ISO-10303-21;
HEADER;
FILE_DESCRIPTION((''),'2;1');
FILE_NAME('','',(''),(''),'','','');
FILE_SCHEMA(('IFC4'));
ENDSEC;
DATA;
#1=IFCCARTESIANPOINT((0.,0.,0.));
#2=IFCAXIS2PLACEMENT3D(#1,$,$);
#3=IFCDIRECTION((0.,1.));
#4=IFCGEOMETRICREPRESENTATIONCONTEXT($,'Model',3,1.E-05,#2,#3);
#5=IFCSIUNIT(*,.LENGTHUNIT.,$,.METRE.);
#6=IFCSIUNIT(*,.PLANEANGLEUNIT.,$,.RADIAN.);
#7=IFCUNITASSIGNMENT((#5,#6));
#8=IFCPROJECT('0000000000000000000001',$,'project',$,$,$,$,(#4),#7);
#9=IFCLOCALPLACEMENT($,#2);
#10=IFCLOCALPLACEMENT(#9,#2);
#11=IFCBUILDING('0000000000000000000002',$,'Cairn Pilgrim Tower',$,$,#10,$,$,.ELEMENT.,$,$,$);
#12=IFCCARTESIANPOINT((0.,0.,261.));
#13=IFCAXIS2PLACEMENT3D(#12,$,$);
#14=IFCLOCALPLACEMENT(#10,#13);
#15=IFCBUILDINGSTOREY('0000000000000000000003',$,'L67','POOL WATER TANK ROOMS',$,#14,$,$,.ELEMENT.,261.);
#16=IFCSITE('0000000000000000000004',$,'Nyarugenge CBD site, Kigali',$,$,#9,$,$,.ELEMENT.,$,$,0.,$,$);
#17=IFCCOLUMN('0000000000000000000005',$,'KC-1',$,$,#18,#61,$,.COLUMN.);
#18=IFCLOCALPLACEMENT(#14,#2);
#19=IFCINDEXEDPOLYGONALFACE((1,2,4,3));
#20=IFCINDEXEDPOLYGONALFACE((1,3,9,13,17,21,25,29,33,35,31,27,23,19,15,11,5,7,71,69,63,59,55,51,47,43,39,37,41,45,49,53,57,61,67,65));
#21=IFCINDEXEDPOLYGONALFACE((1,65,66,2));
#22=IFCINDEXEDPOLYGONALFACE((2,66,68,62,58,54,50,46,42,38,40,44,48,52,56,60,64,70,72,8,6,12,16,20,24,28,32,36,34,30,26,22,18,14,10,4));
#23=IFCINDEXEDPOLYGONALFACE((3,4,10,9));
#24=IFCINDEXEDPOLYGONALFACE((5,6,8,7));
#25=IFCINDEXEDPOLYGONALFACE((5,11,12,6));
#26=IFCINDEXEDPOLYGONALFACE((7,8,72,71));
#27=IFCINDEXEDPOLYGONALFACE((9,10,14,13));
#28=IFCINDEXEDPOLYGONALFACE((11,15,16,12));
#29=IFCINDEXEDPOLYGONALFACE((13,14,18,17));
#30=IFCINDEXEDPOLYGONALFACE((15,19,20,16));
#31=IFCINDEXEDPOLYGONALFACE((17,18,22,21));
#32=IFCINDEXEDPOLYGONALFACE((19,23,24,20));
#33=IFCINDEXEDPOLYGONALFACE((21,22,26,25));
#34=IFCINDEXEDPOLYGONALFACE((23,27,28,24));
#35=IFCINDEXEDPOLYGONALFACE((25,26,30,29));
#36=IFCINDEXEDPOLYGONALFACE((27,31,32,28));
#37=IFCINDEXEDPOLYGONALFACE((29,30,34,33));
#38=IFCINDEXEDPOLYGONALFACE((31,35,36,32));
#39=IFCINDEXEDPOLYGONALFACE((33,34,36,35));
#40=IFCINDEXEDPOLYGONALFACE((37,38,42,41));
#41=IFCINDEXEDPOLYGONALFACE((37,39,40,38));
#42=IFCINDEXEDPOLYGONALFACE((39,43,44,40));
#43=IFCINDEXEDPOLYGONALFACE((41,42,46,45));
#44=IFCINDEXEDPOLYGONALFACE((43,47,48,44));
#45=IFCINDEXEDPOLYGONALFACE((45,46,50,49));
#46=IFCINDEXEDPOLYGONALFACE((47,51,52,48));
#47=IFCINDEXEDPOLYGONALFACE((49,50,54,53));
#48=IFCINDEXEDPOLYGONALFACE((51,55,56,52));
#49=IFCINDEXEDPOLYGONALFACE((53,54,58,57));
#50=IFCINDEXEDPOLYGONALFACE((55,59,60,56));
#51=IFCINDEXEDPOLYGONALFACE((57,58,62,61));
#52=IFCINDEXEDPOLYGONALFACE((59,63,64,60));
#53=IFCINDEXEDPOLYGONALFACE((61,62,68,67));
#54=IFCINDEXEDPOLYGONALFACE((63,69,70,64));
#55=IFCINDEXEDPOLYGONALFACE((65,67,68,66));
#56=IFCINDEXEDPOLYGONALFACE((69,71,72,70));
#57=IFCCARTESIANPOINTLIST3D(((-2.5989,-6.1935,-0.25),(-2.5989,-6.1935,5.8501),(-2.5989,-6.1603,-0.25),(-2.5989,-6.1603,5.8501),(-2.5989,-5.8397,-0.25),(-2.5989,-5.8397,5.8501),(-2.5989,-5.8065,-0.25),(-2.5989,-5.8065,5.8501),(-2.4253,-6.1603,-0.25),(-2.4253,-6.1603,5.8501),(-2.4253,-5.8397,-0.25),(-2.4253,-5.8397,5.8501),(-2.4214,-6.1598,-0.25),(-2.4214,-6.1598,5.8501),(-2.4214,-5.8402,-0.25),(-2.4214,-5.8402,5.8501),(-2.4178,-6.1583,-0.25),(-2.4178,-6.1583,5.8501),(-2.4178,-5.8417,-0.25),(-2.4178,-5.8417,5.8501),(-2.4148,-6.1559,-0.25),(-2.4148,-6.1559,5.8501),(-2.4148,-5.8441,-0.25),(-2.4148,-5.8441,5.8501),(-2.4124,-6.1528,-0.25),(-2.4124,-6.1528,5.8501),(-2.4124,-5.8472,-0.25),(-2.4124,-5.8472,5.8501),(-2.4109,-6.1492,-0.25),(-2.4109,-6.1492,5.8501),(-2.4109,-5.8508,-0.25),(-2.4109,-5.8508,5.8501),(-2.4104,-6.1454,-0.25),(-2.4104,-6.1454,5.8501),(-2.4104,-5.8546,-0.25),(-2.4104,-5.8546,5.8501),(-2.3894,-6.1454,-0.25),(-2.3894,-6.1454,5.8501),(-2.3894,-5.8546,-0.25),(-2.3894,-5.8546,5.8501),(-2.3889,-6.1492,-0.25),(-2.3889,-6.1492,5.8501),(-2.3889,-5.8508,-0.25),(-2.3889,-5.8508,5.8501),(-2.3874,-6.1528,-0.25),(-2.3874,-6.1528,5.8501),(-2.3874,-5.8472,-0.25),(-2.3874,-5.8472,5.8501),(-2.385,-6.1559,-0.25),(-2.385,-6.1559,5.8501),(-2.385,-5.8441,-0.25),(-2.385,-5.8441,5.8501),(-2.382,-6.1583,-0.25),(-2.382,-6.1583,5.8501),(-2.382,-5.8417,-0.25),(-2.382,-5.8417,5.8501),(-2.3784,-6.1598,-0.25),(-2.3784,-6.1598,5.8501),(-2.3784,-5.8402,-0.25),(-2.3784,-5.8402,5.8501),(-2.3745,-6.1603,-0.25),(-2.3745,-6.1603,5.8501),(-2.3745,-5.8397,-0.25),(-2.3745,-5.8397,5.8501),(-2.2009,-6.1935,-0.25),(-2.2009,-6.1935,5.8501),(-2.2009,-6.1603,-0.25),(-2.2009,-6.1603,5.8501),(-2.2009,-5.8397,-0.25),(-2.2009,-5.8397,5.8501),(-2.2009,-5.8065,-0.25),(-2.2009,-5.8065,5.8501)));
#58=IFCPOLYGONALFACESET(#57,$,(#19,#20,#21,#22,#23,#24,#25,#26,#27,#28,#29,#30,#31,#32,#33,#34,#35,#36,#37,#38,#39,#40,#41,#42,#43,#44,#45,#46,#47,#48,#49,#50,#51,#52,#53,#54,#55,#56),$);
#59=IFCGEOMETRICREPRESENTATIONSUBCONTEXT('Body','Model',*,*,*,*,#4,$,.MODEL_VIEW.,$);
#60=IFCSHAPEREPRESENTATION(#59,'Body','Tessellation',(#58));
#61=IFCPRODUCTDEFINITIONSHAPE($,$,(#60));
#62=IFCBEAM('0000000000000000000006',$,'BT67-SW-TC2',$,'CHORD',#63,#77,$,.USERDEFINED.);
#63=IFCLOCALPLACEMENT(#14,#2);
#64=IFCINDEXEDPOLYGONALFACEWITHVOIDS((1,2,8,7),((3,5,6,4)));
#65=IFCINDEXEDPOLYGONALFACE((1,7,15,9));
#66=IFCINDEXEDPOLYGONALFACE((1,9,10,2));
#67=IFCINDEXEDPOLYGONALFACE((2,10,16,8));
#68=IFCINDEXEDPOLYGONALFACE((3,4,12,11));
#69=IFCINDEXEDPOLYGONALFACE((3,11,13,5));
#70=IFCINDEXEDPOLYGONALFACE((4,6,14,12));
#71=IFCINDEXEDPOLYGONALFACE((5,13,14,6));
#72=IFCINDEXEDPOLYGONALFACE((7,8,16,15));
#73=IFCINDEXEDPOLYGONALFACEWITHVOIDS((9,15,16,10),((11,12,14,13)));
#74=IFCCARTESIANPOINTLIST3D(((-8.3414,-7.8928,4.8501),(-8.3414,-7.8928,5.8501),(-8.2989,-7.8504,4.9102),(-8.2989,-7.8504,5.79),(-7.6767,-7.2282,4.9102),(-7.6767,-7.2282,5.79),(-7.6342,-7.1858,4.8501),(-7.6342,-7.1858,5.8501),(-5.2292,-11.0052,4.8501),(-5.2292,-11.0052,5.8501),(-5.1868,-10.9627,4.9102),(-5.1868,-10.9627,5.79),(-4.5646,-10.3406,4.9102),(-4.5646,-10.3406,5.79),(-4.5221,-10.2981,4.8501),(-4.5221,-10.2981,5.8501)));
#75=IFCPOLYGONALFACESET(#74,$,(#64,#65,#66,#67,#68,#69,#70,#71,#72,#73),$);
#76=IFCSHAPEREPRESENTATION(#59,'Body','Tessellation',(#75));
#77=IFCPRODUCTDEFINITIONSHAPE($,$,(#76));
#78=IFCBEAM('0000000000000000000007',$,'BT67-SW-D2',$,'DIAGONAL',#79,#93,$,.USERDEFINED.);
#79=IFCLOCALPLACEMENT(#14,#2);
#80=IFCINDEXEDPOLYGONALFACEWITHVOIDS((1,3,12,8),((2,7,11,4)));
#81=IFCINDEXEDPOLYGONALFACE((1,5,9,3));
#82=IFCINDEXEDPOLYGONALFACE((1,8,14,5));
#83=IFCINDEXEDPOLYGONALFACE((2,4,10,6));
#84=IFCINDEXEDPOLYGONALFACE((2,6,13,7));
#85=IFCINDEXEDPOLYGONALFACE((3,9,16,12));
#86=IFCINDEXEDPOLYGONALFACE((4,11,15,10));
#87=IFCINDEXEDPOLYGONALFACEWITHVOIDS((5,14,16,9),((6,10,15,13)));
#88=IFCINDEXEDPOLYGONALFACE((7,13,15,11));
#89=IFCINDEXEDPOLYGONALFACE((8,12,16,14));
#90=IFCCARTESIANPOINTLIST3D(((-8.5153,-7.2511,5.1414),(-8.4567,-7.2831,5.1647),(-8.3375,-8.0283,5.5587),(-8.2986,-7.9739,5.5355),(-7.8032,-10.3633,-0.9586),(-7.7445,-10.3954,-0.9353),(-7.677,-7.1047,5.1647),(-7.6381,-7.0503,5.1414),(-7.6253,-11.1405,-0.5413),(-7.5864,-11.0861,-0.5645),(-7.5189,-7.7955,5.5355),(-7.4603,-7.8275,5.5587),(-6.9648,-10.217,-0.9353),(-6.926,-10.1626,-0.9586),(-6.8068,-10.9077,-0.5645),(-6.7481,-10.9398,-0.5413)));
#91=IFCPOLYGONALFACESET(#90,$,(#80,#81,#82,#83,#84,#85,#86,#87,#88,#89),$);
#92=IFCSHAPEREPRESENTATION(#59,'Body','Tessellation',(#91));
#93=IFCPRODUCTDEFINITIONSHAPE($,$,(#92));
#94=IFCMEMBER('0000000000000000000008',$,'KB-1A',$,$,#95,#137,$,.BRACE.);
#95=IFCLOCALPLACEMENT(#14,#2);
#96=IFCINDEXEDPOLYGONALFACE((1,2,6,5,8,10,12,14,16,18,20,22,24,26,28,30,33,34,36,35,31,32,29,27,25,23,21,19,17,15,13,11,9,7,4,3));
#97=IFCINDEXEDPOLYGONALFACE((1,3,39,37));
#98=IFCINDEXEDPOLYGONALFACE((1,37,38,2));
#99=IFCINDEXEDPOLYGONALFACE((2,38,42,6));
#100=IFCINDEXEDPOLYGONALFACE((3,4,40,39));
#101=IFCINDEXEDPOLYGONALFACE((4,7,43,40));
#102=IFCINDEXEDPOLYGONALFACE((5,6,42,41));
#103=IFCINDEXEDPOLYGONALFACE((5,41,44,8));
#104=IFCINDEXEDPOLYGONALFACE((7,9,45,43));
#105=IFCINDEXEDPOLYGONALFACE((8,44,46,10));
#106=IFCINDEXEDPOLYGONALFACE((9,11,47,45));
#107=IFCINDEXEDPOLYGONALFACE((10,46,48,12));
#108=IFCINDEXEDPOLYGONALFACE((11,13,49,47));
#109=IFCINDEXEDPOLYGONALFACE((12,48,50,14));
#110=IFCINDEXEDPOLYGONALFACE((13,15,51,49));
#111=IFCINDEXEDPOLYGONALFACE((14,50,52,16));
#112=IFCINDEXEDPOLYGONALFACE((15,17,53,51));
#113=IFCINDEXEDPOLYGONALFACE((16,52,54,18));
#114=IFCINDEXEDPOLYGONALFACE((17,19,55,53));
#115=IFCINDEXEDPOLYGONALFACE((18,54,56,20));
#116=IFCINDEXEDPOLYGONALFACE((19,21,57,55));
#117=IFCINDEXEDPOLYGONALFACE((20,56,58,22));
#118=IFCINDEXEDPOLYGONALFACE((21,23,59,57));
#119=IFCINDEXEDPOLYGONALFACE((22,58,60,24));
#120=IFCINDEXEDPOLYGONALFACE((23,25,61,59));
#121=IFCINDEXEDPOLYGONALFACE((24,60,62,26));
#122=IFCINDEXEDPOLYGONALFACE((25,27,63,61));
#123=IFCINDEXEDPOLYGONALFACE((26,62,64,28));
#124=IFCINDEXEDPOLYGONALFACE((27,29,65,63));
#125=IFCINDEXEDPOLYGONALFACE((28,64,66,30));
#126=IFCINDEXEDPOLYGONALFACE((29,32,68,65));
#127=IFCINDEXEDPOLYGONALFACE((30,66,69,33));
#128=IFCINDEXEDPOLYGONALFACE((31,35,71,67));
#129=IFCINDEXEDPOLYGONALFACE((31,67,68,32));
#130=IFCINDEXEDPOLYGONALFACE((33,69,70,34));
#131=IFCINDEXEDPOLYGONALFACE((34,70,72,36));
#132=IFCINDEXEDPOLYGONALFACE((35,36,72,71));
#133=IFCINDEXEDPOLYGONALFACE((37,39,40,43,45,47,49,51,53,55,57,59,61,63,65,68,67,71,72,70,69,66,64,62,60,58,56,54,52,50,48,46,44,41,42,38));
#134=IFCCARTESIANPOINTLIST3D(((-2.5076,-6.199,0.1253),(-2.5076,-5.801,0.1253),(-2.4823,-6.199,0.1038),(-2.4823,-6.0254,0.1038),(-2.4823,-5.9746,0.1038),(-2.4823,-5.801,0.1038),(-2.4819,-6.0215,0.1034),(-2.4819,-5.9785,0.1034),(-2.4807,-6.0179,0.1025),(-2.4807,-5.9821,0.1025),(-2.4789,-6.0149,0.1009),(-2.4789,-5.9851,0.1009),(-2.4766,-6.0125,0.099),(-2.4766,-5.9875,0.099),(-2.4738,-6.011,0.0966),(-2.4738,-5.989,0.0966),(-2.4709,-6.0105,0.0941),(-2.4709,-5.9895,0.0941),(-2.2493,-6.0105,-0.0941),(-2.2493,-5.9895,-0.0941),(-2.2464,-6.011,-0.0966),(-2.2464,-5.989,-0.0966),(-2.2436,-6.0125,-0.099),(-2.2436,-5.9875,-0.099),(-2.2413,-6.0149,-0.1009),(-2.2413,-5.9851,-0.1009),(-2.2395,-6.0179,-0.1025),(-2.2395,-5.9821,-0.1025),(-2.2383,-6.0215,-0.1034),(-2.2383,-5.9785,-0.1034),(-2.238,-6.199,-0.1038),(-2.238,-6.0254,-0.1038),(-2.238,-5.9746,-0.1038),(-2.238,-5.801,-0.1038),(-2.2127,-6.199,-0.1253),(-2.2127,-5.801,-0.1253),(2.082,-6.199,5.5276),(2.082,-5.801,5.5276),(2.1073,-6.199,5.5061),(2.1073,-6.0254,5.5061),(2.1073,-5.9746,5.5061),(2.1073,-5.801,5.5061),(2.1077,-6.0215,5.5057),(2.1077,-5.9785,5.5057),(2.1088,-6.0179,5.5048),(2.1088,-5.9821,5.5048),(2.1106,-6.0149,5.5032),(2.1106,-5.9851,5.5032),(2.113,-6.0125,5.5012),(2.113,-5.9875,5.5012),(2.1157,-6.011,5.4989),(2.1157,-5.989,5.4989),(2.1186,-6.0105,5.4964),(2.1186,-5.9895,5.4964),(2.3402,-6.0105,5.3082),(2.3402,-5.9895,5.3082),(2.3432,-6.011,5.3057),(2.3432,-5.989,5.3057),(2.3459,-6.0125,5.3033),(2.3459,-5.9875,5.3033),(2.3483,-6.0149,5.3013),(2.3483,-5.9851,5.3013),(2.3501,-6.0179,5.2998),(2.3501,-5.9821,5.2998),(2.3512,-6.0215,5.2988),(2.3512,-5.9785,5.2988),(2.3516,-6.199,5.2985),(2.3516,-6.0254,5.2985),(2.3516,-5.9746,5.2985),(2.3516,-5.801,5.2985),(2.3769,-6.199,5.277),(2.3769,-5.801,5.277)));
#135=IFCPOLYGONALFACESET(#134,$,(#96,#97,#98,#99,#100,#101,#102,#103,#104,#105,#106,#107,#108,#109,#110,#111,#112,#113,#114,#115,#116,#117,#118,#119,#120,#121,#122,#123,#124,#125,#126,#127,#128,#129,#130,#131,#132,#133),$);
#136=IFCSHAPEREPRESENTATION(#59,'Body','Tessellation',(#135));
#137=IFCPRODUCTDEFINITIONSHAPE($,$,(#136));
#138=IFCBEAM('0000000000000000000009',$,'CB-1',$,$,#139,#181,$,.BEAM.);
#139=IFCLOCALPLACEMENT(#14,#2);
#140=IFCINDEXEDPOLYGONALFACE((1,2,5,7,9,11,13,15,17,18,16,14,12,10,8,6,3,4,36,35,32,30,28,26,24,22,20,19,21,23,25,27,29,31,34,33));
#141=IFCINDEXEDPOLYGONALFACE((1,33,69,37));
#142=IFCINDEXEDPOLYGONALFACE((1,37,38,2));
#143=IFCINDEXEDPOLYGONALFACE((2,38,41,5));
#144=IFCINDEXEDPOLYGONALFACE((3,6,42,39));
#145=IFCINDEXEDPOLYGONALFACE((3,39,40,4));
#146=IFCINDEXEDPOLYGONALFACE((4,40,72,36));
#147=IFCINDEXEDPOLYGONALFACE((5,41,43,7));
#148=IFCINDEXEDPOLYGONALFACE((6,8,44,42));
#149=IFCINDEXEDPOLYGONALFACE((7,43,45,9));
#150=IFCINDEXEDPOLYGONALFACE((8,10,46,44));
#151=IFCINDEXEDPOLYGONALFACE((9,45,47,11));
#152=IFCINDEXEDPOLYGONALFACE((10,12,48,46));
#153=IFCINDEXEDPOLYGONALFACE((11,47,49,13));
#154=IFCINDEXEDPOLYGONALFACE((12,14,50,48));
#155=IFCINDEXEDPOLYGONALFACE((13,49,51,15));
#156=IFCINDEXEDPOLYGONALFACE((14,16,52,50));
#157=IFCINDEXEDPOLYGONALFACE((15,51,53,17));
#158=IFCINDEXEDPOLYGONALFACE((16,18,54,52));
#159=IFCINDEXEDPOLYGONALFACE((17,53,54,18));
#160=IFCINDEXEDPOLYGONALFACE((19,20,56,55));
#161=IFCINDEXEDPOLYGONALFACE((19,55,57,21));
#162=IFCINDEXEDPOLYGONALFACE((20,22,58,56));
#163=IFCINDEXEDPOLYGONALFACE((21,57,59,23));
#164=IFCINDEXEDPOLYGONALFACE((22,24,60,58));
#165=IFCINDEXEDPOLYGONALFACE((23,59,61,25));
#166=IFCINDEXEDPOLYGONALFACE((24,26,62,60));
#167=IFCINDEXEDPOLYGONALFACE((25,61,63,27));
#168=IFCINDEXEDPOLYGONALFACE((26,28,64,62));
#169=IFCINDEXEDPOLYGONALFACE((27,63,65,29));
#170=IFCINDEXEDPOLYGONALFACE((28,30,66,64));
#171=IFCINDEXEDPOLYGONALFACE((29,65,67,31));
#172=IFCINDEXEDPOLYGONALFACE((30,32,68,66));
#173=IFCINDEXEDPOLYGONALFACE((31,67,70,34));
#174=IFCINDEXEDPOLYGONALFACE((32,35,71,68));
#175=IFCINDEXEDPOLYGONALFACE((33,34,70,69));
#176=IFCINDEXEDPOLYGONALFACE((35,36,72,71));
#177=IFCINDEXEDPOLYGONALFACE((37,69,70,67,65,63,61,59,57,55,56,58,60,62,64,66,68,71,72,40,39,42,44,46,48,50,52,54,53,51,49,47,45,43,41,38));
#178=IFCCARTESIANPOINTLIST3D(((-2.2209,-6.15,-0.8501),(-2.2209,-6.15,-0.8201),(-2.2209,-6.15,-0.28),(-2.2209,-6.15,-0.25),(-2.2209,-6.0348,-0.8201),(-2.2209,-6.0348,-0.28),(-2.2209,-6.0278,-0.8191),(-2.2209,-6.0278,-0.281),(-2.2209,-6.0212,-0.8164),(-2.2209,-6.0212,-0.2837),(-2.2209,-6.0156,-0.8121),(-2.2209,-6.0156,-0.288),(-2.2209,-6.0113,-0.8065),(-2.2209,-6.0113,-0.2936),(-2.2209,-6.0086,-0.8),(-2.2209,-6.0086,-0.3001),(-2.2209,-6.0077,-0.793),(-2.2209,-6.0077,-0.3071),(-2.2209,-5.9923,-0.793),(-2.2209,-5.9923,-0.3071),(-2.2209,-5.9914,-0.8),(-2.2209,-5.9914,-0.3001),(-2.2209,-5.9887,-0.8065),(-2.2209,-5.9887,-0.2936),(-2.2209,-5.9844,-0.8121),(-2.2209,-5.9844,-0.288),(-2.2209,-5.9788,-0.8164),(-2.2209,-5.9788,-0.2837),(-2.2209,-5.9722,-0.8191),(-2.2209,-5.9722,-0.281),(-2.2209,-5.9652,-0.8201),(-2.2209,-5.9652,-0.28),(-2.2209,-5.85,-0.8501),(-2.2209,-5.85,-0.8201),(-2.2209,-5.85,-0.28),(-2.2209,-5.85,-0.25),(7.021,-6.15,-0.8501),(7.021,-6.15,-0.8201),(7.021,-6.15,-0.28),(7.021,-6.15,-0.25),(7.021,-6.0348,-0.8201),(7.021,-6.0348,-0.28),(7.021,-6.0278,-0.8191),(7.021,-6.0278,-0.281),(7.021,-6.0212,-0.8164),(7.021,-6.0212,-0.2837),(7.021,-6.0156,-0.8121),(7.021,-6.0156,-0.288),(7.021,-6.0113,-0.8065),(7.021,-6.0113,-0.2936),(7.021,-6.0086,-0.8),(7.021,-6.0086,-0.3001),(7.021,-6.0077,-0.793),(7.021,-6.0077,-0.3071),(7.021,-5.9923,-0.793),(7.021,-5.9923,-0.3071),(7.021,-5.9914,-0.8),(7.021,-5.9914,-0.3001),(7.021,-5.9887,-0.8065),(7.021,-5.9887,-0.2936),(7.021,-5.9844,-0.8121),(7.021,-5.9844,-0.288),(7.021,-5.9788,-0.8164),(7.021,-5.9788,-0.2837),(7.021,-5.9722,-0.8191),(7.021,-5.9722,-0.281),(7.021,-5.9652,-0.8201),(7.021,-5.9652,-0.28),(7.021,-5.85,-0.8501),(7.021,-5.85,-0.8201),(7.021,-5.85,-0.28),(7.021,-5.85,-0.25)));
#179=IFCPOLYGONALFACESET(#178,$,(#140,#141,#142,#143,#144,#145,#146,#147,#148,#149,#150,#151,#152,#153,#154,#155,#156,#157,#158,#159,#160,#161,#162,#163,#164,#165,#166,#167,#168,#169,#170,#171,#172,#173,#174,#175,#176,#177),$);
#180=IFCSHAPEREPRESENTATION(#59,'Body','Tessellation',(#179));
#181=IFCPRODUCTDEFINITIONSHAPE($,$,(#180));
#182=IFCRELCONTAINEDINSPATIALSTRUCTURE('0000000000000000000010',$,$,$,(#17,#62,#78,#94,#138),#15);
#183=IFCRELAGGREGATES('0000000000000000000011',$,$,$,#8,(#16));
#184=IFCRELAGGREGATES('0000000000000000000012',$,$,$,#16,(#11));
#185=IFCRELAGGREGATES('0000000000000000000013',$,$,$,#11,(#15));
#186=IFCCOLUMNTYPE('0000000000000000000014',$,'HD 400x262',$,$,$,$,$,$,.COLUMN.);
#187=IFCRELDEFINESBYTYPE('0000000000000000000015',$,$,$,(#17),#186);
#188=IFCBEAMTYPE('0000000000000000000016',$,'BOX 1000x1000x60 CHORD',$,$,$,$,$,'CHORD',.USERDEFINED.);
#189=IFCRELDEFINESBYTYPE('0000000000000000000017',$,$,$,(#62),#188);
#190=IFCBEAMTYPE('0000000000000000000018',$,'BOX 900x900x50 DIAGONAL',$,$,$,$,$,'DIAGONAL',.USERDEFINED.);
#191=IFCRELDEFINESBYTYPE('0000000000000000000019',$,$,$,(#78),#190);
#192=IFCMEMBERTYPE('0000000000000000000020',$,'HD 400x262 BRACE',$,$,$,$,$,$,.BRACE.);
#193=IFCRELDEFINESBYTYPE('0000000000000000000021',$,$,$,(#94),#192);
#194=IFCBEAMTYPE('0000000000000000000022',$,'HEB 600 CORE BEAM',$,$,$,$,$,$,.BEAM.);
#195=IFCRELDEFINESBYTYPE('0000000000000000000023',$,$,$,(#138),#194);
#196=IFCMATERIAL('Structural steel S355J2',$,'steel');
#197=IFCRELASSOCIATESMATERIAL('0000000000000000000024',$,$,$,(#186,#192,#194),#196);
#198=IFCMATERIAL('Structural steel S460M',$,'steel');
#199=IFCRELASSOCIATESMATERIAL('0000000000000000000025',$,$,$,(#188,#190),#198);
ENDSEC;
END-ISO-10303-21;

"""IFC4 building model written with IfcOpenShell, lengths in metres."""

from ifc_helpers import new_model, si_unit, direction, frame, origin, origin_2d, place, context, subcontext, project, spatial, hollow_rectangle, i_section, extrude, material, material_profile, profile_set, type_object, element, save


model = new_model("IFC4")

# Units and contexts
model_context = context("Model", 3, precision=1e-05, world=origin(), true_north=direction((0.0, 1.0)))
body_context = subcontext(model_context, "Body", "Model", "MODEL_VIEW")
ifc_project = project(units=[si_unit("LENGTHUNIT", "METRE"), si_unit("PLANEANGLEUNIT", "RADIAN")], contexts=[model_context])

# Site, building, storey
site_placement = place(None, origin())
site = spatial("IfcSite", under=ifc_project, at=site_placement, Name="Nyarugenge CBD site, Kigali", CompositionType="ELEMENT", RefElevation=0.0)
building_placement = place(site_placement, origin())
building = spatial("IfcBuilding", under=site, at=building_placement, Name="Cairn Pilgrim Tower", CompositionType="ELEMENT")
storey_placement = place(building_placement, frame((0.0, 0.0, 261.0)))
storey = spatial("IfcBuildingStorey", under=building, at=storey_placement, Name="L67", Description="POOL WATER TANK ROOMS", CompositionType="ELEMENT", Elevation=261.0)

# Column
ifc_material_1 = material(Name="Structural steel S355J2", Category="steel")
ifc_material_profile_1 = material_profile(ifc_material_1, i_section(OverallWidth=0.3979, OverallDepth=0.387, WebThickness=0.021, FlangeThickness=0.0332, FilletRadius=0.0149, at=origin_2d()), Name="HD 400x262")
ifc_profile_set_1 = profile_set([ifc_material_profile_1], Name="Structural steel S355J2")
column_type = type_object("IfcColumnType", Name="HD 400x262", PredefinedType="COLUMN", material=ifc_profile_set_1)
column_placement = place(storey_placement, frame((-2.3999, -6.0, -0.25), z_axis=(0.0, 0.0, 1.0), x_axis=(1.0, 0.0, 0.0)))
element("IfcColumn", 1, at=column_placement, inside=storey, type_object=column_type, Name="KC-1", PredefinedType="COLUMN", context=body_context, shape_type="SweptSolid", body=[
    extrude(i_section(OverallWidth=0.3979, OverallDepth=0.387, WebThickness=0.021, FlangeThickness=0.0332, FilletRadius=0.0149, at=origin_2d()), origin(), (0.0, 0.0, 1.0), 6.1001),
])

# Beams
ifc_material_2 = material(Name="Structural steel S460M", Category="steel")
ifc_material_profile_2 = material_profile(ifc_material_2, hollow_rectangle(XDim=1.0, YDim=1.0, WallThickness=0.0601, at=origin_2d()), Name="BOX 1000x1000x60")
ifc_profile_set_2 = profile_set([ifc_material_profile_2], Name="Structural steel S460M")
beam_type_1 = type_object("IfcBeamType", Name="BOX 1000x1000x60 CHORD", ElementType="CHORD", PredefinedType="USERDEFINED", material=ifc_profile_set_2)
beam_1_placement = place(storey_placement, frame((-7.9878, -7.5393, 5.3501), z_axis=(0.707079, -0.707135, 0.0), x_axis=(0.707135, 0.707079, 0.0)))
element("IfcBeam", 2, at=beam_1_placement, inside=storey, type_object=beam_type_1, Name="BT67-SW-TC2", ObjectType="CHORD", PredefinedType="USERDEFINED", context=body_context, shape_type="SweptSolid", body=[
    extrude(hollow_rectangle(XDim=1.0, YDim=1.0, WallThickness=0.0601, at=origin_2d()), origin(), (0.0, 0.0, 1.0), 4.4014),
])
ifc_material_profile_3 = material_profile(ifc_material_2, hollow_rectangle(XDim=0.8999, YDim=0.8999, WallThickness=0.05, at=origin_2d()), Name="BOX 900x900x50")
ifc_profile_set_3 = profile_set([ifc_material_profile_3], Name="Structural steel S460M")
beam_type_2 = type_object("IfcBeamType", Name="BOX 900x900x50 DIAGONAL", ElementType="DIAGONAL", PredefinedType="USERDEFINED", material=ifc_profile_set_3)
beam_2_placement = place(storey_placement, frame((-7.9878, -7.5393, 5.3501), z_axis=(0.103434, -0.452034, -0.885983), x_axis=(0.974806, 0.223055, 0.0)))
element("IfcBeam", 3, at=beam_2_placement, inside=storey, type_object=beam_type_2, Name="BT67-SW-D2", ObjectType="DIAGONAL", PredefinedType="USERDEFINED", context=body_context, shape_type="SweptSolid", body=[
    extrude(hollow_rectangle(XDim=0.8999, YDim=0.8999, WallThickness=0.05, at=origin_2d()), origin(), (0.0, 0.0, 1.0), 6.885),
])

# Member
ifc_material_profile_4 = material_profile(ifc_material_1, i_section(OverallWidth=0.3979, OverallDepth=0.387, WebThickness=0.021, FlangeThickness=0.0332, FilletRadius=0.0149, at=origin_2d()), Name="HD 400x262")
ifc_profile_set_4 = profile_set([ifc_material_profile_4], Name="Structural steel S355J2")
member_type = type_object("IfcMemberType", Name="HD 400x262 BRACE", PredefinedType="BRACE", material=ifc_profile_set_4)
member_placement = place(storey_placement, frame((-2.3601, -6.0, 0.0), z_axis=(0.647452, 0.0, 0.762106), x_axis=(0.0, 1.0, 0.0)))
element("IfcMember", 4, at=member_placement, inside=storey, type_object=member_type, Name="KB-1A", PredefinedType="BRACE", context=body_context, shape_type="SweptSolid", body=[
    extrude(i_section(OverallWidth=0.3979, OverallDepth=0.387, WebThickness=0.021, FlangeThickness=0.0332, FilletRadius=0.0149, at=origin_2d()), origin(), (0.0, 0.0, 1.0), 7.0886),
])

# Beam
ifc_material_profile_5 = material_profile(ifc_material_1, i_section(OverallWidth=0.3, OverallDepth=0.6001, WebThickness=0.0154, FlangeThickness=0.03, FilletRadius=0.0271, at=origin_2d()), Name="HEB 600")
ifc_profile_set_5 = profile_set([ifc_material_profile_5], Name="Structural steel S355J2")
beam_type_3 = type_object("IfcBeamType", Name="HEB 600 CORE BEAM", PredefinedType="BEAM", material=ifc_profile_set_5)
beam_3_placement = place(storey_placement, frame((-2.2209, -6.0, -0.55), z_axis=(1.0, 0.0, 0.0), x_axis=(0.0, 1.0, 0.0)))
element("IfcBeam", 5, at=beam_3_placement, inside=storey, type_object=beam_type_3, Name="CB-1", PredefinedType="BEAM", context=body_context, shape_type="SweptSolid", body=[
    extrude(i_section(OverallWidth=0.3, OverallDepth=0.6001, WebThickness=0.0154, FlangeThickness=0.03, FilletRadius=0.0271, at=origin_2d()), origin(), (0.0, 0.0, 1.0), 9.2419),
])

save(model, "model.ifc")
